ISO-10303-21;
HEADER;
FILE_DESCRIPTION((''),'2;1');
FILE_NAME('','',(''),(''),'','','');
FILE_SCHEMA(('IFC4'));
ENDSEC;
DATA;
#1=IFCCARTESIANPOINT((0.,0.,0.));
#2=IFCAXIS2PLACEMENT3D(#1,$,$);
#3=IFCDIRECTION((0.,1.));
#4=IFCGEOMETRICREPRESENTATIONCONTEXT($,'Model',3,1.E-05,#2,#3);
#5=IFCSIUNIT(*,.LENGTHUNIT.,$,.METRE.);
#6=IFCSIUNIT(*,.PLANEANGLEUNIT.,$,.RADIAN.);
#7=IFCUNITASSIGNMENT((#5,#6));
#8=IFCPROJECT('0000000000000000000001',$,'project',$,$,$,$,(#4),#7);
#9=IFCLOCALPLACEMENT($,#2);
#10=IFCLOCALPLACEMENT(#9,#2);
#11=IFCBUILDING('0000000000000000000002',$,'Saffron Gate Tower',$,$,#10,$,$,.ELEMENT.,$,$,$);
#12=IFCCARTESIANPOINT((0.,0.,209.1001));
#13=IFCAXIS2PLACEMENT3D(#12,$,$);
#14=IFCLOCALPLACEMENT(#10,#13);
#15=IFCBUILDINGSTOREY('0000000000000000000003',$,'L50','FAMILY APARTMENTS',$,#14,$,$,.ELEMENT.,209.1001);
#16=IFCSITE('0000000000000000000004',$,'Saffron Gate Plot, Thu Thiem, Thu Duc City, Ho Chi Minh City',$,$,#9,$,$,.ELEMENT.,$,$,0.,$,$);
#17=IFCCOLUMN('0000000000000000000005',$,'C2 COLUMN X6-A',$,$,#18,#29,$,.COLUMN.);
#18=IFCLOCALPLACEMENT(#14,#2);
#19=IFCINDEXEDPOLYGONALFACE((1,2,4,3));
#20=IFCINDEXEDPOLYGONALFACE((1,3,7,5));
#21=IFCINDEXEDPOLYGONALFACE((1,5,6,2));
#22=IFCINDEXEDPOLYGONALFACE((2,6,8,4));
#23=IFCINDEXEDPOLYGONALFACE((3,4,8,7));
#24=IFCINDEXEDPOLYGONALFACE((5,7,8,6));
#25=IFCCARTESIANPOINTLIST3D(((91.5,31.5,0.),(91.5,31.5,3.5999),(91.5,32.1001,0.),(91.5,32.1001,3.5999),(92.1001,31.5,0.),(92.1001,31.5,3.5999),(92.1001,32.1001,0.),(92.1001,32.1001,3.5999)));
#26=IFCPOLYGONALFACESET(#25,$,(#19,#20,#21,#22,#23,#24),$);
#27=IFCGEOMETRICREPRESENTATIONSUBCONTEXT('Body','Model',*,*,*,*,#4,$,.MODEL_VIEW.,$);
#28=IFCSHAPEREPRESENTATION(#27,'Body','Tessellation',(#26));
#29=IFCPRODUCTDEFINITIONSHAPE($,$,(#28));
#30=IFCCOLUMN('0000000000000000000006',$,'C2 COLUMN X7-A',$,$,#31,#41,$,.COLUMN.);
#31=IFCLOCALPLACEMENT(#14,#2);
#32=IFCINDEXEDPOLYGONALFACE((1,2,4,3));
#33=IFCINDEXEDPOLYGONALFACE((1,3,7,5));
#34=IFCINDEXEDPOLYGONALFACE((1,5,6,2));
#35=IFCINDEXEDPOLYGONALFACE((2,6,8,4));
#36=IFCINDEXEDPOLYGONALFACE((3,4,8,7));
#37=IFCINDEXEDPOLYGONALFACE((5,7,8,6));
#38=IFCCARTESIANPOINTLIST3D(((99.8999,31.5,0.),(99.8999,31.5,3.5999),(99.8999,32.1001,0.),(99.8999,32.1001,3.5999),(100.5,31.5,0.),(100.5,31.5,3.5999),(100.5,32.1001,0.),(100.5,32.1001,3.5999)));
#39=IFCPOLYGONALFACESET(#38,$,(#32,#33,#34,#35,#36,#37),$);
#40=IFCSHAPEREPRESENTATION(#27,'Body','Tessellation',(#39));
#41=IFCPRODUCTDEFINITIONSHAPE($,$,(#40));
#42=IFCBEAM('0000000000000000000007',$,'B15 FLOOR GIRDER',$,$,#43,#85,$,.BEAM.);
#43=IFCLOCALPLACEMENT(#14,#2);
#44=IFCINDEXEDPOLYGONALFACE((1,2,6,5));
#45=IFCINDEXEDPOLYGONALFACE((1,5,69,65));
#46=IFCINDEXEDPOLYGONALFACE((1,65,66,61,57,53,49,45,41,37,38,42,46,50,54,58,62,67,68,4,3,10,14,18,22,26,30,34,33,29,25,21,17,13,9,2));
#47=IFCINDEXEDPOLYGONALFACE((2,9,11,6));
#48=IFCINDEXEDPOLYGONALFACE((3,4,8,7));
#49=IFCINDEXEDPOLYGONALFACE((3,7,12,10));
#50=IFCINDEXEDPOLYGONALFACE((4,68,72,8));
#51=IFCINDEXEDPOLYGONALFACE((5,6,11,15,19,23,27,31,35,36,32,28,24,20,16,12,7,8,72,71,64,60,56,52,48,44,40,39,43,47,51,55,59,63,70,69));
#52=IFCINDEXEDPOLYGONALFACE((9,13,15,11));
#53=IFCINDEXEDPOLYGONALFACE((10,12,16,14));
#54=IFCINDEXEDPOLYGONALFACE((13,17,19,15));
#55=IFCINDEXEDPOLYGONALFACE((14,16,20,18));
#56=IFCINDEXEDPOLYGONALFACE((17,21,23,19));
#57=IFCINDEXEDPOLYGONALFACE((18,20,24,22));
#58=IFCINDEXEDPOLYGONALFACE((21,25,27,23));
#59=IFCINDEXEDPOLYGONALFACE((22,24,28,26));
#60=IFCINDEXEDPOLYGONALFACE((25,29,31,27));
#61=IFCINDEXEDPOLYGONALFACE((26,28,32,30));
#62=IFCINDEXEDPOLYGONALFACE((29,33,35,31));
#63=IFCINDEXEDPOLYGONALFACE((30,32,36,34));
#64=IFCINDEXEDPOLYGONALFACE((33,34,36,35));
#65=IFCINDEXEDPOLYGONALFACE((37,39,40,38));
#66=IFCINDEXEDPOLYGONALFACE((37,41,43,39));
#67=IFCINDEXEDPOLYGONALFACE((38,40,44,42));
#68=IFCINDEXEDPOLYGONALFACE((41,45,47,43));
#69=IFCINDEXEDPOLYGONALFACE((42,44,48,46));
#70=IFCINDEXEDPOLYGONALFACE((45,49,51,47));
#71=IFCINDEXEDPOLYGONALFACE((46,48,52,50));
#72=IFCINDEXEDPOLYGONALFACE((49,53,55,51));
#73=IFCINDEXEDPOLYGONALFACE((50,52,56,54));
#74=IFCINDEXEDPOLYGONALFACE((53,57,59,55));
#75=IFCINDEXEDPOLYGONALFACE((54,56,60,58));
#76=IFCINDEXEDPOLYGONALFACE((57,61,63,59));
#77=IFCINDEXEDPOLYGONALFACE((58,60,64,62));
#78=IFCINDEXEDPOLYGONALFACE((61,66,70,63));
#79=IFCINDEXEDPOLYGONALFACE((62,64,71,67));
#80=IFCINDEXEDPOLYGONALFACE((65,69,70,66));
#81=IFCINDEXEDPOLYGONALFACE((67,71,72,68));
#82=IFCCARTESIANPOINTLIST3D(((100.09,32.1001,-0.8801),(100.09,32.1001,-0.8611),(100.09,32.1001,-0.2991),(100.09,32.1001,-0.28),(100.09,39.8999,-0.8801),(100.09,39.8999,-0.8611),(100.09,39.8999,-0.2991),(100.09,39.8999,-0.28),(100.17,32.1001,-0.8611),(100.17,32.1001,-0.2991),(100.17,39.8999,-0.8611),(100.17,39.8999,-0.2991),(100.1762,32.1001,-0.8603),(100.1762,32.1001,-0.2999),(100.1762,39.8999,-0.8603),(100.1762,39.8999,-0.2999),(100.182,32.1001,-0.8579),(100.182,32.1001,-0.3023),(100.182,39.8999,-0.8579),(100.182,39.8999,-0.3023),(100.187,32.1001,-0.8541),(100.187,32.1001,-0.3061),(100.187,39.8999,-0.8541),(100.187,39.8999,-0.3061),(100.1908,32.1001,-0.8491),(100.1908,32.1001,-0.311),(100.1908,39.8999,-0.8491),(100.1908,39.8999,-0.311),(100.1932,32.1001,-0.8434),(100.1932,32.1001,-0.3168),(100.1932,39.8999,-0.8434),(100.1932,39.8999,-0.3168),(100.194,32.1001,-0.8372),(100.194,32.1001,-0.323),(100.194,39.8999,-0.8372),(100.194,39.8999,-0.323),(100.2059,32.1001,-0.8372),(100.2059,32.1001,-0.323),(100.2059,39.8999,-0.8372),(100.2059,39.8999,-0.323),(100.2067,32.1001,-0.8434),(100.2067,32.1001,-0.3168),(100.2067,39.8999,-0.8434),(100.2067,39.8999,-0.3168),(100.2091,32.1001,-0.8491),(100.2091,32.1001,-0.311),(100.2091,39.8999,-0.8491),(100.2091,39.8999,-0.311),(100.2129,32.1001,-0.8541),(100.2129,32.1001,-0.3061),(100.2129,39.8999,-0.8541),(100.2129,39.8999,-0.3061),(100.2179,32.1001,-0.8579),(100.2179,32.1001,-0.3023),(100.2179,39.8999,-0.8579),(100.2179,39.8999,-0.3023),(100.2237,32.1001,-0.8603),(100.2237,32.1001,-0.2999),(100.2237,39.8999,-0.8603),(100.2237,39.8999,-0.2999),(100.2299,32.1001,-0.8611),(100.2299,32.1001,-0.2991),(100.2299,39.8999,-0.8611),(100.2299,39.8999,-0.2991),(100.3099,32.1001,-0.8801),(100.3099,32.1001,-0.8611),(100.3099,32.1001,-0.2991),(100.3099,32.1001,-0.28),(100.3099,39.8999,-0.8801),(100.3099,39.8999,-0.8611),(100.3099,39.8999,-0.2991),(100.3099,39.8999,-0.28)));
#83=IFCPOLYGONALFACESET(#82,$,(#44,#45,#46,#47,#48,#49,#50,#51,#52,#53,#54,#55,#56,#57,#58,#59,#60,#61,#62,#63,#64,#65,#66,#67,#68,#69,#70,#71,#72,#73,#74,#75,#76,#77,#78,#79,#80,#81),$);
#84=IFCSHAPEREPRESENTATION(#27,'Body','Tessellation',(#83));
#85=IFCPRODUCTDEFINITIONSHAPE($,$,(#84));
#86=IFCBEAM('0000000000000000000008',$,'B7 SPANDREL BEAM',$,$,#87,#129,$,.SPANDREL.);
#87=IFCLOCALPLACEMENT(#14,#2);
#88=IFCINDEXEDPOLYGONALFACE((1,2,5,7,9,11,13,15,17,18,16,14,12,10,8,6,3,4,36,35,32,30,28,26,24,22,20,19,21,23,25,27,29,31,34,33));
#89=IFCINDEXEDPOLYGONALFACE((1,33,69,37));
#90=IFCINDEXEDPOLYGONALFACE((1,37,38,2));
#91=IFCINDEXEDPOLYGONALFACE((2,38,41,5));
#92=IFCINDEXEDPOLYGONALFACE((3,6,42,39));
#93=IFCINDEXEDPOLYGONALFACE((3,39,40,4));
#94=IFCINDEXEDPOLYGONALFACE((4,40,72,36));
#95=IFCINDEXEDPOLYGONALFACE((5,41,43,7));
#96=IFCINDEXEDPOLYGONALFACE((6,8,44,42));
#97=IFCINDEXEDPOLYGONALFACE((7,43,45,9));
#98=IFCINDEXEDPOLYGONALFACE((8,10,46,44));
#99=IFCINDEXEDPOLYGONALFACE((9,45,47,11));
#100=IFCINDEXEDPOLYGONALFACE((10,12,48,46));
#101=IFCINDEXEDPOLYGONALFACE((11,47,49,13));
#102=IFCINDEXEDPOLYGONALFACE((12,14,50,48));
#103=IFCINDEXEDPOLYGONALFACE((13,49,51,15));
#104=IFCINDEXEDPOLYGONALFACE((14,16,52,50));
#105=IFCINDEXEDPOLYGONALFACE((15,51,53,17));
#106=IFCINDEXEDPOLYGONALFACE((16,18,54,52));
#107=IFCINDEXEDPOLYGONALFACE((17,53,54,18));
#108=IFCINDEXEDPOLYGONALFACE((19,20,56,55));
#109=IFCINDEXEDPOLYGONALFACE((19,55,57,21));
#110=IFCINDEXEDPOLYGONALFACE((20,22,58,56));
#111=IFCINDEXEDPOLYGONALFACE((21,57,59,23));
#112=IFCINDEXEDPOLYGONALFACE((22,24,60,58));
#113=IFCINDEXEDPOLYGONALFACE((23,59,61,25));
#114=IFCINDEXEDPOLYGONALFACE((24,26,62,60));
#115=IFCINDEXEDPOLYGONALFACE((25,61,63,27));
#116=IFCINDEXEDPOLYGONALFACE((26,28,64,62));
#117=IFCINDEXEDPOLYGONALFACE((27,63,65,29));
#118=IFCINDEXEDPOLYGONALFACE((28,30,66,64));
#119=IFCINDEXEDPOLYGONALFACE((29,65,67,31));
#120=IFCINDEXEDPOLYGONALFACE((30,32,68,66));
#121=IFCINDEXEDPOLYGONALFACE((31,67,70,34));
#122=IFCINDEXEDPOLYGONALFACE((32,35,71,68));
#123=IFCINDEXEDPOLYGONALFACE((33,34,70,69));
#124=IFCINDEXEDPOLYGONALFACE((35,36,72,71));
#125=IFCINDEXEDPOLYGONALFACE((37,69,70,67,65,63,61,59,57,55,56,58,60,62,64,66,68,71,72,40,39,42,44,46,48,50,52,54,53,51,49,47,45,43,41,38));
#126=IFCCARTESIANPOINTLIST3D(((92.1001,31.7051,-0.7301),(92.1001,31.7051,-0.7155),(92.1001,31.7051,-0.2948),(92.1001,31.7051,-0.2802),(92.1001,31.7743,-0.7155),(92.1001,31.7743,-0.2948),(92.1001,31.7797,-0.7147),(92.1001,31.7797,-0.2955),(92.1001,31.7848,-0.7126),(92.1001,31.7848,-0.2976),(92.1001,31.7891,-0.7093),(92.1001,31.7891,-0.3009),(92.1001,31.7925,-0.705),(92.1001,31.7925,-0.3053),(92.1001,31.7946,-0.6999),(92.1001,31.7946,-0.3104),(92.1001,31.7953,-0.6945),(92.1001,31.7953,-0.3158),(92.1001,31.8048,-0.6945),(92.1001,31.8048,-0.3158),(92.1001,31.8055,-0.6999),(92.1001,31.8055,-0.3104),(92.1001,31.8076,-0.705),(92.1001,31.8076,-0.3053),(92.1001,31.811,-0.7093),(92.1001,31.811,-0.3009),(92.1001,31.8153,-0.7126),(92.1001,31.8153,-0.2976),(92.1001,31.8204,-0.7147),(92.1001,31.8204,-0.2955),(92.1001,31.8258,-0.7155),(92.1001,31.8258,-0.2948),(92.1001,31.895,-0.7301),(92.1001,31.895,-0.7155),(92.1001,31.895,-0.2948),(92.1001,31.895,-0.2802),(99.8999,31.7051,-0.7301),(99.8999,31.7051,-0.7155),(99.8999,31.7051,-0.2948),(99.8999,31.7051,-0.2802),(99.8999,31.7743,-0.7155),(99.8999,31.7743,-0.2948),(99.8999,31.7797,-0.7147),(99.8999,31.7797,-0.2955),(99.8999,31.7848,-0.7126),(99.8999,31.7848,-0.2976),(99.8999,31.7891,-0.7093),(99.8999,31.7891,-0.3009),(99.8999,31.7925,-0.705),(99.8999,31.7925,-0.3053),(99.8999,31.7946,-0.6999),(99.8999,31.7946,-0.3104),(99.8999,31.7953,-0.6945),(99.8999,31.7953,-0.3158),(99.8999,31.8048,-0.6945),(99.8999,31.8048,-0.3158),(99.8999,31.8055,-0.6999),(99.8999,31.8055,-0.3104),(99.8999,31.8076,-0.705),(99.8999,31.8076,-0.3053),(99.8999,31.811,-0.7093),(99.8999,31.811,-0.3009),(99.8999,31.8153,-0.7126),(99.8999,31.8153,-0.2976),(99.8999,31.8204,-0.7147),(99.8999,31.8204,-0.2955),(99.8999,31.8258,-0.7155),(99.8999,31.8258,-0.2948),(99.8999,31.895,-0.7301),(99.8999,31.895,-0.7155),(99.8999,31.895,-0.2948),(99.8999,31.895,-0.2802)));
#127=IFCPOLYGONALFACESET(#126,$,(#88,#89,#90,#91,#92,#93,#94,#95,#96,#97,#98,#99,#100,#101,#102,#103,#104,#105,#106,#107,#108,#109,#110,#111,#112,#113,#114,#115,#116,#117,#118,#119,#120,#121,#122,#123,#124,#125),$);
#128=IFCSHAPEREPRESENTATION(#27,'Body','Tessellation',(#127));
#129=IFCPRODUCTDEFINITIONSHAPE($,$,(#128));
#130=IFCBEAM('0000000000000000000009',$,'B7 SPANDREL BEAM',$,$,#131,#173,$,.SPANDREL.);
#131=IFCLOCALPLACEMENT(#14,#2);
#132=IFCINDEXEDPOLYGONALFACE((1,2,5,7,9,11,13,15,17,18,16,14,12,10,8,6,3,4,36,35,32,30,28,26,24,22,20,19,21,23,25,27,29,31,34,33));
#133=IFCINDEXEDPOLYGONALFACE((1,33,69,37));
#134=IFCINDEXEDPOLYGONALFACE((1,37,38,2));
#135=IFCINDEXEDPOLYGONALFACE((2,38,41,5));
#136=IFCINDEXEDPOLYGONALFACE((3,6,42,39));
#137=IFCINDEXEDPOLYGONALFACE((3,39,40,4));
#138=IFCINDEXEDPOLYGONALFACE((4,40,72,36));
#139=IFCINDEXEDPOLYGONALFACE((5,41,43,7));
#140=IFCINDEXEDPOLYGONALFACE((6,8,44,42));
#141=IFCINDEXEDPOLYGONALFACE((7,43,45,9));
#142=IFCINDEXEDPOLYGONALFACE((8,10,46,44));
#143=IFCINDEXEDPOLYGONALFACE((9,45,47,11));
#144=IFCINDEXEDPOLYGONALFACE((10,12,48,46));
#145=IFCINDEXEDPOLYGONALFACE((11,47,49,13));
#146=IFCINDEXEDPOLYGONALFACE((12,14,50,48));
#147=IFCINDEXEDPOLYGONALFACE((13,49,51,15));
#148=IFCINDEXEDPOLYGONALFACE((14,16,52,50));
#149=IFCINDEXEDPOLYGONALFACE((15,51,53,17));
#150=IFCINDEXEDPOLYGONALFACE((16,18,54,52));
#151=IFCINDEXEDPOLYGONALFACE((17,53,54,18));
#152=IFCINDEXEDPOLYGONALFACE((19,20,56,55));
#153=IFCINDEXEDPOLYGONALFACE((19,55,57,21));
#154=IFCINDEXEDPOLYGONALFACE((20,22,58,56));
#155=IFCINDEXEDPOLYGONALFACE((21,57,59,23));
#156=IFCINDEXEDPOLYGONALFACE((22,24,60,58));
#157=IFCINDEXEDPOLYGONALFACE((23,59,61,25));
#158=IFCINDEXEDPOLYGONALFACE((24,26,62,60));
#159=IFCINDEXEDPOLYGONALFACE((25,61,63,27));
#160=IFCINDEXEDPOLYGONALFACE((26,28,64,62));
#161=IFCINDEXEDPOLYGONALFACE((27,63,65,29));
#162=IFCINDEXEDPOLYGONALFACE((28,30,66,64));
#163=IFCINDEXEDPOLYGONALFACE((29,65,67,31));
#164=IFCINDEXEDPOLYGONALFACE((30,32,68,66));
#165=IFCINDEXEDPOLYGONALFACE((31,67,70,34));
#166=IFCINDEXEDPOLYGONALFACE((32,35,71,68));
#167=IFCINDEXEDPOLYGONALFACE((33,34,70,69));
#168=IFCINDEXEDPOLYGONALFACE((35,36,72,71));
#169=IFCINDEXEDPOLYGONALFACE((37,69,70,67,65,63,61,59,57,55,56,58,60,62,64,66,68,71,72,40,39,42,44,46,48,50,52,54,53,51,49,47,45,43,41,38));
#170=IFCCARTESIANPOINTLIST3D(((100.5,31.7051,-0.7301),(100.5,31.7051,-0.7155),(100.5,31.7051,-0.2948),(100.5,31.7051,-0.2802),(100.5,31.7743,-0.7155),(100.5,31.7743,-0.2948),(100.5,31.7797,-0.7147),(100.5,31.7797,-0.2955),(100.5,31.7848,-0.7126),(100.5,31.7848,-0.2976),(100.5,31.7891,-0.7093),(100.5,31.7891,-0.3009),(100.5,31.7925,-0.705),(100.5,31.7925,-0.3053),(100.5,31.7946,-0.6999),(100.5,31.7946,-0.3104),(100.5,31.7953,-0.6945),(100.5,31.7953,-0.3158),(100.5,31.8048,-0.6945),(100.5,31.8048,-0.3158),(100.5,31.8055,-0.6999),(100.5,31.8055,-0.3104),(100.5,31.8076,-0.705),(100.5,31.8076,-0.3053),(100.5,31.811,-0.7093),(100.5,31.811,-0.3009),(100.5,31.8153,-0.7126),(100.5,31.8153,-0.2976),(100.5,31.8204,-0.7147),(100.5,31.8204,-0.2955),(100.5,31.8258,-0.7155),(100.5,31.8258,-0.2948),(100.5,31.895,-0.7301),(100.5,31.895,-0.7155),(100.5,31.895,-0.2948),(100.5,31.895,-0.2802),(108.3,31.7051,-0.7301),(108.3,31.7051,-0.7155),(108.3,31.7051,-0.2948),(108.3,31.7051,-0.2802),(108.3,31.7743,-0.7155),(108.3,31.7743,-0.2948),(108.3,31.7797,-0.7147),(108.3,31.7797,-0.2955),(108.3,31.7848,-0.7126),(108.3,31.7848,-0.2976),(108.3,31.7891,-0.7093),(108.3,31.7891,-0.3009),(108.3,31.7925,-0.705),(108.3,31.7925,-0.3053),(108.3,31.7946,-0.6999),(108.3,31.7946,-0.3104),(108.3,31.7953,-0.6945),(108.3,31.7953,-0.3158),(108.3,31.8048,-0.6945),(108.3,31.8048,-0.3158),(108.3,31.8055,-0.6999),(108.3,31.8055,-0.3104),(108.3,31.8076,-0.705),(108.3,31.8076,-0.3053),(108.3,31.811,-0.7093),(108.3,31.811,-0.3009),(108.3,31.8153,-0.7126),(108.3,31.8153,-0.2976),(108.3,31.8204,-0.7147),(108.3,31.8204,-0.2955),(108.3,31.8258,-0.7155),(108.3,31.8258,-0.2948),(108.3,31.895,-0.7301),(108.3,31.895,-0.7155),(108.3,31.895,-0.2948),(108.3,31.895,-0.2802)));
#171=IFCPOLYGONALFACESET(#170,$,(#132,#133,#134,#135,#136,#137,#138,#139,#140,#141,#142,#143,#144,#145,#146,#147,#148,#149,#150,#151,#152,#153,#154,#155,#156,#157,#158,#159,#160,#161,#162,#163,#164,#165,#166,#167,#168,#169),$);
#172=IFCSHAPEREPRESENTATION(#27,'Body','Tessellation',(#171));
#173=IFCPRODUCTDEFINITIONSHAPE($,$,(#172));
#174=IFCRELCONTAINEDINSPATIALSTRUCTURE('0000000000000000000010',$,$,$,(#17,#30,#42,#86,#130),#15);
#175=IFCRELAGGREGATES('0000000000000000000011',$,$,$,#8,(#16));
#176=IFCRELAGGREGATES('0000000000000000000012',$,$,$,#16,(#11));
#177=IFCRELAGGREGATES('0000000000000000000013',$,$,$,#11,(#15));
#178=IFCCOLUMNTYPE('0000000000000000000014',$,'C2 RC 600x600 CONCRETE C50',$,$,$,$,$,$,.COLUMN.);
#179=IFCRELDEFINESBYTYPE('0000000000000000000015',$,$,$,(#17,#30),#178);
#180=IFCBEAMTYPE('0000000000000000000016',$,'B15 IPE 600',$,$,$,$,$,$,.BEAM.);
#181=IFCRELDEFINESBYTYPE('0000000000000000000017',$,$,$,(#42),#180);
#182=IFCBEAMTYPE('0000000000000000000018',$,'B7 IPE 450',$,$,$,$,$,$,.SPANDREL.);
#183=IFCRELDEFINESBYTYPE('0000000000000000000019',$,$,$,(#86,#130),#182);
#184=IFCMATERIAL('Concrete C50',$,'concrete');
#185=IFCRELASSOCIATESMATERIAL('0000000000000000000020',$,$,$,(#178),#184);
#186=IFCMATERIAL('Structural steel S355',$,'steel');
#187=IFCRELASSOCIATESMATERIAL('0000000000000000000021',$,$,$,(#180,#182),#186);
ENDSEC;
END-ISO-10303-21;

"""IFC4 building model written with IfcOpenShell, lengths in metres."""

from ifc_helpers import new_model, si_unit, direction, frame, origin, origin_2d, place, context, subcontext, project, spatial, rectangle, i_section, extrude, material, material_profile, profile_set, type_object, element, save


model = new_model("IFC4")

# Units and contexts
model_context = context("Model", 3, precision=1e-05, world=origin(), true_north=direction((0.0, 1.0)))
body_context = subcontext(model_context, "Body", "Model", "MODEL_VIEW")
ifc_project = project(units=[si_unit("LENGTHUNIT", "METRE"), si_unit("PLANEANGLEUNIT", "RADIAN")], contexts=[model_context])

# Site, building, storey
site_placement = place(None, origin())
site = spatial("IfcSite", under=ifc_project, at=site_placement, Name="Saffron Gate Plot, Thu Thiem, Thu Duc City, Ho Chi Minh City", CompositionType="ELEMENT", RefElevation=0.0)
building_placement = place(site_placement, origin())
building = spatial("IfcBuilding", under=site, at=building_placement, Name="Saffron Gate Tower", CompositionType="ELEMENT")
storey_placement = place(building_placement, frame((0.0, 0.0, 209.1001)))
storey = spatial("IfcBuildingStorey", under=building, at=storey_placement, Name="L50", Description="FAMILY APARTMENTS", CompositionType="ELEMENT", Elevation=209.1001)

# Columns
ifc_material_1 = material(Name="Concrete C50", Category="concrete")
ifc_material_profile_1 = material_profile(ifc_material_1, rectangle(XDim=0.6001, YDim=0.6001, at=origin_2d()))
ifc_profile_set_1 = profile_set([ifc_material_profile_1], Name="Concrete C50")
column_type = type_object("IfcColumnType", Name="C2 RC 600x600 CONCRETE C50", PredefinedType="COLUMN", material=ifc_profile_set_1)
for number, where, z_axis, x_axis, name in (
    (1, (91.8, 31.8, 0.0), (0.0, 0.0, 1.0), (1.0, 0.0, 0.0), "C2 COLUMN X6-A"),
    (2, (100.2, 31.8, 0.0), (0.0, 0.0, 1.0), (1.0, 0.0, 0.0), "C2 COLUMN X7-A"),
):
    element("IfcColumn", number, at=place(storey_placement, frame(where, z_axis=z_axis, x_axis=x_axis)), inside=storey, type_object=column_type, Name=name, PredefinedType="COLUMN", context=body_context, shape_type="SweptSolid", body=[
        extrude(rectangle(XDim=0.6001, YDim=0.6001, at=origin_2d()), origin(), (0.0, 0.0, 1.0), 3.5999),
    ])

# Beams
ifc_material_2 = material(Name="Structural steel S355", Category="steel")
ifc_material_profile_2 = material_profile(ifc_material_2, i_section(OverallWidth=0.22, OverallDepth=0.6001, WebThickness=0.012, FlangeThickness=0.019, FilletRadius=0.0239, at=origin_2d()))
ifc_profile_set_2 = profile_set([ifc_material_profile_2], Name="Structural steel S355")
beam_type_1 = type_object("IfcBeamType", Name="B15 IPE 600", PredefinedType="BEAM", material=ifc_profile_set_2)
beam_1_placement = place(storey_placement, frame((100.2, 32.1001, -0.5801), z_axis=(0.0, 1.0, 0.0), x_axis=(-1.0, 0.0, 0.0)))
element("IfcBeam", 3, at=beam_1_placement, inside=storey, type_object=beam_type_1, Name="B15 FLOOR GIRDER", PredefinedType="BEAM", context=body_context, shape_type="SweptSolid", body=[
    extrude(i_section(OverallWidth=0.22, OverallDepth=0.6001, WebThickness=0.012, FlangeThickness=0.019, FilletRadius=0.0239, at=origin_2d()), origin(), (0.0, 0.0, 1.0), 7.7998),
])
ifc_material_profile_3 = material_profile(ifc_material_2, i_section(OverallWidth=0.1899, OverallDepth=0.45, WebThickness=0.0095, FlangeThickness=0.0146, FilletRadius=0.021, at=origin_2d()))
ifc_profile_set_3 = profile_set([ifc_material_profile_3], Name="Structural steel S355")
beam_type_2 = type_object("IfcBeamType", Name="B7 IPE 450", PredefinedType="SPANDREL", material=ifc_profile_set_3)
beam_2_placement = place(storey_placement, frame((92.1001, 31.8, -0.5051), z_axis=(1.0, 0.0, 0.0), x_axis=(0.0, 1.0, 0.0)))
element("IfcBeam", 4, at=beam_2_placement, inside=storey, type_object=beam_type_2, Name="B7 SPANDREL BEAM", PredefinedType="SPANDREL", context=body_context, shape_type="SweptSolid", body=[
    extrude(i_section(OverallWidth=0.1899, OverallDepth=0.45, WebThickness=0.0095, FlangeThickness=0.0146, FilletRadius=0.021, at=origin_2d()), origin(), (0.0, 0.0, 1.0), 7.7998),
])
beam_3_placement = place(storey_placement, frame((100.5, 31.8, -0.5051), z_axis=(1.0, 0.0, 0.0), x_axis=(0.0, 1.0, 0.0)))
element("IfcBeam", 5, at=beam_3_placement, inside=storey, type_object=beam_type_2, Name="B7 SPANDREL BEAM", PredefinedType="SPANDREL", context=body_context, shape_type="SweptSolid", body=[
    extrude(i_section(OverallWidth=0.1899, OverallDepth=0.45, WebThickness=0.0095, FlangeThickness=0.0146, FilletRadius=0.021, at=origin_2d()), origin(), (0.0, 0.0, 1.0), 7.8),
])

save(model, "model.ifc")
